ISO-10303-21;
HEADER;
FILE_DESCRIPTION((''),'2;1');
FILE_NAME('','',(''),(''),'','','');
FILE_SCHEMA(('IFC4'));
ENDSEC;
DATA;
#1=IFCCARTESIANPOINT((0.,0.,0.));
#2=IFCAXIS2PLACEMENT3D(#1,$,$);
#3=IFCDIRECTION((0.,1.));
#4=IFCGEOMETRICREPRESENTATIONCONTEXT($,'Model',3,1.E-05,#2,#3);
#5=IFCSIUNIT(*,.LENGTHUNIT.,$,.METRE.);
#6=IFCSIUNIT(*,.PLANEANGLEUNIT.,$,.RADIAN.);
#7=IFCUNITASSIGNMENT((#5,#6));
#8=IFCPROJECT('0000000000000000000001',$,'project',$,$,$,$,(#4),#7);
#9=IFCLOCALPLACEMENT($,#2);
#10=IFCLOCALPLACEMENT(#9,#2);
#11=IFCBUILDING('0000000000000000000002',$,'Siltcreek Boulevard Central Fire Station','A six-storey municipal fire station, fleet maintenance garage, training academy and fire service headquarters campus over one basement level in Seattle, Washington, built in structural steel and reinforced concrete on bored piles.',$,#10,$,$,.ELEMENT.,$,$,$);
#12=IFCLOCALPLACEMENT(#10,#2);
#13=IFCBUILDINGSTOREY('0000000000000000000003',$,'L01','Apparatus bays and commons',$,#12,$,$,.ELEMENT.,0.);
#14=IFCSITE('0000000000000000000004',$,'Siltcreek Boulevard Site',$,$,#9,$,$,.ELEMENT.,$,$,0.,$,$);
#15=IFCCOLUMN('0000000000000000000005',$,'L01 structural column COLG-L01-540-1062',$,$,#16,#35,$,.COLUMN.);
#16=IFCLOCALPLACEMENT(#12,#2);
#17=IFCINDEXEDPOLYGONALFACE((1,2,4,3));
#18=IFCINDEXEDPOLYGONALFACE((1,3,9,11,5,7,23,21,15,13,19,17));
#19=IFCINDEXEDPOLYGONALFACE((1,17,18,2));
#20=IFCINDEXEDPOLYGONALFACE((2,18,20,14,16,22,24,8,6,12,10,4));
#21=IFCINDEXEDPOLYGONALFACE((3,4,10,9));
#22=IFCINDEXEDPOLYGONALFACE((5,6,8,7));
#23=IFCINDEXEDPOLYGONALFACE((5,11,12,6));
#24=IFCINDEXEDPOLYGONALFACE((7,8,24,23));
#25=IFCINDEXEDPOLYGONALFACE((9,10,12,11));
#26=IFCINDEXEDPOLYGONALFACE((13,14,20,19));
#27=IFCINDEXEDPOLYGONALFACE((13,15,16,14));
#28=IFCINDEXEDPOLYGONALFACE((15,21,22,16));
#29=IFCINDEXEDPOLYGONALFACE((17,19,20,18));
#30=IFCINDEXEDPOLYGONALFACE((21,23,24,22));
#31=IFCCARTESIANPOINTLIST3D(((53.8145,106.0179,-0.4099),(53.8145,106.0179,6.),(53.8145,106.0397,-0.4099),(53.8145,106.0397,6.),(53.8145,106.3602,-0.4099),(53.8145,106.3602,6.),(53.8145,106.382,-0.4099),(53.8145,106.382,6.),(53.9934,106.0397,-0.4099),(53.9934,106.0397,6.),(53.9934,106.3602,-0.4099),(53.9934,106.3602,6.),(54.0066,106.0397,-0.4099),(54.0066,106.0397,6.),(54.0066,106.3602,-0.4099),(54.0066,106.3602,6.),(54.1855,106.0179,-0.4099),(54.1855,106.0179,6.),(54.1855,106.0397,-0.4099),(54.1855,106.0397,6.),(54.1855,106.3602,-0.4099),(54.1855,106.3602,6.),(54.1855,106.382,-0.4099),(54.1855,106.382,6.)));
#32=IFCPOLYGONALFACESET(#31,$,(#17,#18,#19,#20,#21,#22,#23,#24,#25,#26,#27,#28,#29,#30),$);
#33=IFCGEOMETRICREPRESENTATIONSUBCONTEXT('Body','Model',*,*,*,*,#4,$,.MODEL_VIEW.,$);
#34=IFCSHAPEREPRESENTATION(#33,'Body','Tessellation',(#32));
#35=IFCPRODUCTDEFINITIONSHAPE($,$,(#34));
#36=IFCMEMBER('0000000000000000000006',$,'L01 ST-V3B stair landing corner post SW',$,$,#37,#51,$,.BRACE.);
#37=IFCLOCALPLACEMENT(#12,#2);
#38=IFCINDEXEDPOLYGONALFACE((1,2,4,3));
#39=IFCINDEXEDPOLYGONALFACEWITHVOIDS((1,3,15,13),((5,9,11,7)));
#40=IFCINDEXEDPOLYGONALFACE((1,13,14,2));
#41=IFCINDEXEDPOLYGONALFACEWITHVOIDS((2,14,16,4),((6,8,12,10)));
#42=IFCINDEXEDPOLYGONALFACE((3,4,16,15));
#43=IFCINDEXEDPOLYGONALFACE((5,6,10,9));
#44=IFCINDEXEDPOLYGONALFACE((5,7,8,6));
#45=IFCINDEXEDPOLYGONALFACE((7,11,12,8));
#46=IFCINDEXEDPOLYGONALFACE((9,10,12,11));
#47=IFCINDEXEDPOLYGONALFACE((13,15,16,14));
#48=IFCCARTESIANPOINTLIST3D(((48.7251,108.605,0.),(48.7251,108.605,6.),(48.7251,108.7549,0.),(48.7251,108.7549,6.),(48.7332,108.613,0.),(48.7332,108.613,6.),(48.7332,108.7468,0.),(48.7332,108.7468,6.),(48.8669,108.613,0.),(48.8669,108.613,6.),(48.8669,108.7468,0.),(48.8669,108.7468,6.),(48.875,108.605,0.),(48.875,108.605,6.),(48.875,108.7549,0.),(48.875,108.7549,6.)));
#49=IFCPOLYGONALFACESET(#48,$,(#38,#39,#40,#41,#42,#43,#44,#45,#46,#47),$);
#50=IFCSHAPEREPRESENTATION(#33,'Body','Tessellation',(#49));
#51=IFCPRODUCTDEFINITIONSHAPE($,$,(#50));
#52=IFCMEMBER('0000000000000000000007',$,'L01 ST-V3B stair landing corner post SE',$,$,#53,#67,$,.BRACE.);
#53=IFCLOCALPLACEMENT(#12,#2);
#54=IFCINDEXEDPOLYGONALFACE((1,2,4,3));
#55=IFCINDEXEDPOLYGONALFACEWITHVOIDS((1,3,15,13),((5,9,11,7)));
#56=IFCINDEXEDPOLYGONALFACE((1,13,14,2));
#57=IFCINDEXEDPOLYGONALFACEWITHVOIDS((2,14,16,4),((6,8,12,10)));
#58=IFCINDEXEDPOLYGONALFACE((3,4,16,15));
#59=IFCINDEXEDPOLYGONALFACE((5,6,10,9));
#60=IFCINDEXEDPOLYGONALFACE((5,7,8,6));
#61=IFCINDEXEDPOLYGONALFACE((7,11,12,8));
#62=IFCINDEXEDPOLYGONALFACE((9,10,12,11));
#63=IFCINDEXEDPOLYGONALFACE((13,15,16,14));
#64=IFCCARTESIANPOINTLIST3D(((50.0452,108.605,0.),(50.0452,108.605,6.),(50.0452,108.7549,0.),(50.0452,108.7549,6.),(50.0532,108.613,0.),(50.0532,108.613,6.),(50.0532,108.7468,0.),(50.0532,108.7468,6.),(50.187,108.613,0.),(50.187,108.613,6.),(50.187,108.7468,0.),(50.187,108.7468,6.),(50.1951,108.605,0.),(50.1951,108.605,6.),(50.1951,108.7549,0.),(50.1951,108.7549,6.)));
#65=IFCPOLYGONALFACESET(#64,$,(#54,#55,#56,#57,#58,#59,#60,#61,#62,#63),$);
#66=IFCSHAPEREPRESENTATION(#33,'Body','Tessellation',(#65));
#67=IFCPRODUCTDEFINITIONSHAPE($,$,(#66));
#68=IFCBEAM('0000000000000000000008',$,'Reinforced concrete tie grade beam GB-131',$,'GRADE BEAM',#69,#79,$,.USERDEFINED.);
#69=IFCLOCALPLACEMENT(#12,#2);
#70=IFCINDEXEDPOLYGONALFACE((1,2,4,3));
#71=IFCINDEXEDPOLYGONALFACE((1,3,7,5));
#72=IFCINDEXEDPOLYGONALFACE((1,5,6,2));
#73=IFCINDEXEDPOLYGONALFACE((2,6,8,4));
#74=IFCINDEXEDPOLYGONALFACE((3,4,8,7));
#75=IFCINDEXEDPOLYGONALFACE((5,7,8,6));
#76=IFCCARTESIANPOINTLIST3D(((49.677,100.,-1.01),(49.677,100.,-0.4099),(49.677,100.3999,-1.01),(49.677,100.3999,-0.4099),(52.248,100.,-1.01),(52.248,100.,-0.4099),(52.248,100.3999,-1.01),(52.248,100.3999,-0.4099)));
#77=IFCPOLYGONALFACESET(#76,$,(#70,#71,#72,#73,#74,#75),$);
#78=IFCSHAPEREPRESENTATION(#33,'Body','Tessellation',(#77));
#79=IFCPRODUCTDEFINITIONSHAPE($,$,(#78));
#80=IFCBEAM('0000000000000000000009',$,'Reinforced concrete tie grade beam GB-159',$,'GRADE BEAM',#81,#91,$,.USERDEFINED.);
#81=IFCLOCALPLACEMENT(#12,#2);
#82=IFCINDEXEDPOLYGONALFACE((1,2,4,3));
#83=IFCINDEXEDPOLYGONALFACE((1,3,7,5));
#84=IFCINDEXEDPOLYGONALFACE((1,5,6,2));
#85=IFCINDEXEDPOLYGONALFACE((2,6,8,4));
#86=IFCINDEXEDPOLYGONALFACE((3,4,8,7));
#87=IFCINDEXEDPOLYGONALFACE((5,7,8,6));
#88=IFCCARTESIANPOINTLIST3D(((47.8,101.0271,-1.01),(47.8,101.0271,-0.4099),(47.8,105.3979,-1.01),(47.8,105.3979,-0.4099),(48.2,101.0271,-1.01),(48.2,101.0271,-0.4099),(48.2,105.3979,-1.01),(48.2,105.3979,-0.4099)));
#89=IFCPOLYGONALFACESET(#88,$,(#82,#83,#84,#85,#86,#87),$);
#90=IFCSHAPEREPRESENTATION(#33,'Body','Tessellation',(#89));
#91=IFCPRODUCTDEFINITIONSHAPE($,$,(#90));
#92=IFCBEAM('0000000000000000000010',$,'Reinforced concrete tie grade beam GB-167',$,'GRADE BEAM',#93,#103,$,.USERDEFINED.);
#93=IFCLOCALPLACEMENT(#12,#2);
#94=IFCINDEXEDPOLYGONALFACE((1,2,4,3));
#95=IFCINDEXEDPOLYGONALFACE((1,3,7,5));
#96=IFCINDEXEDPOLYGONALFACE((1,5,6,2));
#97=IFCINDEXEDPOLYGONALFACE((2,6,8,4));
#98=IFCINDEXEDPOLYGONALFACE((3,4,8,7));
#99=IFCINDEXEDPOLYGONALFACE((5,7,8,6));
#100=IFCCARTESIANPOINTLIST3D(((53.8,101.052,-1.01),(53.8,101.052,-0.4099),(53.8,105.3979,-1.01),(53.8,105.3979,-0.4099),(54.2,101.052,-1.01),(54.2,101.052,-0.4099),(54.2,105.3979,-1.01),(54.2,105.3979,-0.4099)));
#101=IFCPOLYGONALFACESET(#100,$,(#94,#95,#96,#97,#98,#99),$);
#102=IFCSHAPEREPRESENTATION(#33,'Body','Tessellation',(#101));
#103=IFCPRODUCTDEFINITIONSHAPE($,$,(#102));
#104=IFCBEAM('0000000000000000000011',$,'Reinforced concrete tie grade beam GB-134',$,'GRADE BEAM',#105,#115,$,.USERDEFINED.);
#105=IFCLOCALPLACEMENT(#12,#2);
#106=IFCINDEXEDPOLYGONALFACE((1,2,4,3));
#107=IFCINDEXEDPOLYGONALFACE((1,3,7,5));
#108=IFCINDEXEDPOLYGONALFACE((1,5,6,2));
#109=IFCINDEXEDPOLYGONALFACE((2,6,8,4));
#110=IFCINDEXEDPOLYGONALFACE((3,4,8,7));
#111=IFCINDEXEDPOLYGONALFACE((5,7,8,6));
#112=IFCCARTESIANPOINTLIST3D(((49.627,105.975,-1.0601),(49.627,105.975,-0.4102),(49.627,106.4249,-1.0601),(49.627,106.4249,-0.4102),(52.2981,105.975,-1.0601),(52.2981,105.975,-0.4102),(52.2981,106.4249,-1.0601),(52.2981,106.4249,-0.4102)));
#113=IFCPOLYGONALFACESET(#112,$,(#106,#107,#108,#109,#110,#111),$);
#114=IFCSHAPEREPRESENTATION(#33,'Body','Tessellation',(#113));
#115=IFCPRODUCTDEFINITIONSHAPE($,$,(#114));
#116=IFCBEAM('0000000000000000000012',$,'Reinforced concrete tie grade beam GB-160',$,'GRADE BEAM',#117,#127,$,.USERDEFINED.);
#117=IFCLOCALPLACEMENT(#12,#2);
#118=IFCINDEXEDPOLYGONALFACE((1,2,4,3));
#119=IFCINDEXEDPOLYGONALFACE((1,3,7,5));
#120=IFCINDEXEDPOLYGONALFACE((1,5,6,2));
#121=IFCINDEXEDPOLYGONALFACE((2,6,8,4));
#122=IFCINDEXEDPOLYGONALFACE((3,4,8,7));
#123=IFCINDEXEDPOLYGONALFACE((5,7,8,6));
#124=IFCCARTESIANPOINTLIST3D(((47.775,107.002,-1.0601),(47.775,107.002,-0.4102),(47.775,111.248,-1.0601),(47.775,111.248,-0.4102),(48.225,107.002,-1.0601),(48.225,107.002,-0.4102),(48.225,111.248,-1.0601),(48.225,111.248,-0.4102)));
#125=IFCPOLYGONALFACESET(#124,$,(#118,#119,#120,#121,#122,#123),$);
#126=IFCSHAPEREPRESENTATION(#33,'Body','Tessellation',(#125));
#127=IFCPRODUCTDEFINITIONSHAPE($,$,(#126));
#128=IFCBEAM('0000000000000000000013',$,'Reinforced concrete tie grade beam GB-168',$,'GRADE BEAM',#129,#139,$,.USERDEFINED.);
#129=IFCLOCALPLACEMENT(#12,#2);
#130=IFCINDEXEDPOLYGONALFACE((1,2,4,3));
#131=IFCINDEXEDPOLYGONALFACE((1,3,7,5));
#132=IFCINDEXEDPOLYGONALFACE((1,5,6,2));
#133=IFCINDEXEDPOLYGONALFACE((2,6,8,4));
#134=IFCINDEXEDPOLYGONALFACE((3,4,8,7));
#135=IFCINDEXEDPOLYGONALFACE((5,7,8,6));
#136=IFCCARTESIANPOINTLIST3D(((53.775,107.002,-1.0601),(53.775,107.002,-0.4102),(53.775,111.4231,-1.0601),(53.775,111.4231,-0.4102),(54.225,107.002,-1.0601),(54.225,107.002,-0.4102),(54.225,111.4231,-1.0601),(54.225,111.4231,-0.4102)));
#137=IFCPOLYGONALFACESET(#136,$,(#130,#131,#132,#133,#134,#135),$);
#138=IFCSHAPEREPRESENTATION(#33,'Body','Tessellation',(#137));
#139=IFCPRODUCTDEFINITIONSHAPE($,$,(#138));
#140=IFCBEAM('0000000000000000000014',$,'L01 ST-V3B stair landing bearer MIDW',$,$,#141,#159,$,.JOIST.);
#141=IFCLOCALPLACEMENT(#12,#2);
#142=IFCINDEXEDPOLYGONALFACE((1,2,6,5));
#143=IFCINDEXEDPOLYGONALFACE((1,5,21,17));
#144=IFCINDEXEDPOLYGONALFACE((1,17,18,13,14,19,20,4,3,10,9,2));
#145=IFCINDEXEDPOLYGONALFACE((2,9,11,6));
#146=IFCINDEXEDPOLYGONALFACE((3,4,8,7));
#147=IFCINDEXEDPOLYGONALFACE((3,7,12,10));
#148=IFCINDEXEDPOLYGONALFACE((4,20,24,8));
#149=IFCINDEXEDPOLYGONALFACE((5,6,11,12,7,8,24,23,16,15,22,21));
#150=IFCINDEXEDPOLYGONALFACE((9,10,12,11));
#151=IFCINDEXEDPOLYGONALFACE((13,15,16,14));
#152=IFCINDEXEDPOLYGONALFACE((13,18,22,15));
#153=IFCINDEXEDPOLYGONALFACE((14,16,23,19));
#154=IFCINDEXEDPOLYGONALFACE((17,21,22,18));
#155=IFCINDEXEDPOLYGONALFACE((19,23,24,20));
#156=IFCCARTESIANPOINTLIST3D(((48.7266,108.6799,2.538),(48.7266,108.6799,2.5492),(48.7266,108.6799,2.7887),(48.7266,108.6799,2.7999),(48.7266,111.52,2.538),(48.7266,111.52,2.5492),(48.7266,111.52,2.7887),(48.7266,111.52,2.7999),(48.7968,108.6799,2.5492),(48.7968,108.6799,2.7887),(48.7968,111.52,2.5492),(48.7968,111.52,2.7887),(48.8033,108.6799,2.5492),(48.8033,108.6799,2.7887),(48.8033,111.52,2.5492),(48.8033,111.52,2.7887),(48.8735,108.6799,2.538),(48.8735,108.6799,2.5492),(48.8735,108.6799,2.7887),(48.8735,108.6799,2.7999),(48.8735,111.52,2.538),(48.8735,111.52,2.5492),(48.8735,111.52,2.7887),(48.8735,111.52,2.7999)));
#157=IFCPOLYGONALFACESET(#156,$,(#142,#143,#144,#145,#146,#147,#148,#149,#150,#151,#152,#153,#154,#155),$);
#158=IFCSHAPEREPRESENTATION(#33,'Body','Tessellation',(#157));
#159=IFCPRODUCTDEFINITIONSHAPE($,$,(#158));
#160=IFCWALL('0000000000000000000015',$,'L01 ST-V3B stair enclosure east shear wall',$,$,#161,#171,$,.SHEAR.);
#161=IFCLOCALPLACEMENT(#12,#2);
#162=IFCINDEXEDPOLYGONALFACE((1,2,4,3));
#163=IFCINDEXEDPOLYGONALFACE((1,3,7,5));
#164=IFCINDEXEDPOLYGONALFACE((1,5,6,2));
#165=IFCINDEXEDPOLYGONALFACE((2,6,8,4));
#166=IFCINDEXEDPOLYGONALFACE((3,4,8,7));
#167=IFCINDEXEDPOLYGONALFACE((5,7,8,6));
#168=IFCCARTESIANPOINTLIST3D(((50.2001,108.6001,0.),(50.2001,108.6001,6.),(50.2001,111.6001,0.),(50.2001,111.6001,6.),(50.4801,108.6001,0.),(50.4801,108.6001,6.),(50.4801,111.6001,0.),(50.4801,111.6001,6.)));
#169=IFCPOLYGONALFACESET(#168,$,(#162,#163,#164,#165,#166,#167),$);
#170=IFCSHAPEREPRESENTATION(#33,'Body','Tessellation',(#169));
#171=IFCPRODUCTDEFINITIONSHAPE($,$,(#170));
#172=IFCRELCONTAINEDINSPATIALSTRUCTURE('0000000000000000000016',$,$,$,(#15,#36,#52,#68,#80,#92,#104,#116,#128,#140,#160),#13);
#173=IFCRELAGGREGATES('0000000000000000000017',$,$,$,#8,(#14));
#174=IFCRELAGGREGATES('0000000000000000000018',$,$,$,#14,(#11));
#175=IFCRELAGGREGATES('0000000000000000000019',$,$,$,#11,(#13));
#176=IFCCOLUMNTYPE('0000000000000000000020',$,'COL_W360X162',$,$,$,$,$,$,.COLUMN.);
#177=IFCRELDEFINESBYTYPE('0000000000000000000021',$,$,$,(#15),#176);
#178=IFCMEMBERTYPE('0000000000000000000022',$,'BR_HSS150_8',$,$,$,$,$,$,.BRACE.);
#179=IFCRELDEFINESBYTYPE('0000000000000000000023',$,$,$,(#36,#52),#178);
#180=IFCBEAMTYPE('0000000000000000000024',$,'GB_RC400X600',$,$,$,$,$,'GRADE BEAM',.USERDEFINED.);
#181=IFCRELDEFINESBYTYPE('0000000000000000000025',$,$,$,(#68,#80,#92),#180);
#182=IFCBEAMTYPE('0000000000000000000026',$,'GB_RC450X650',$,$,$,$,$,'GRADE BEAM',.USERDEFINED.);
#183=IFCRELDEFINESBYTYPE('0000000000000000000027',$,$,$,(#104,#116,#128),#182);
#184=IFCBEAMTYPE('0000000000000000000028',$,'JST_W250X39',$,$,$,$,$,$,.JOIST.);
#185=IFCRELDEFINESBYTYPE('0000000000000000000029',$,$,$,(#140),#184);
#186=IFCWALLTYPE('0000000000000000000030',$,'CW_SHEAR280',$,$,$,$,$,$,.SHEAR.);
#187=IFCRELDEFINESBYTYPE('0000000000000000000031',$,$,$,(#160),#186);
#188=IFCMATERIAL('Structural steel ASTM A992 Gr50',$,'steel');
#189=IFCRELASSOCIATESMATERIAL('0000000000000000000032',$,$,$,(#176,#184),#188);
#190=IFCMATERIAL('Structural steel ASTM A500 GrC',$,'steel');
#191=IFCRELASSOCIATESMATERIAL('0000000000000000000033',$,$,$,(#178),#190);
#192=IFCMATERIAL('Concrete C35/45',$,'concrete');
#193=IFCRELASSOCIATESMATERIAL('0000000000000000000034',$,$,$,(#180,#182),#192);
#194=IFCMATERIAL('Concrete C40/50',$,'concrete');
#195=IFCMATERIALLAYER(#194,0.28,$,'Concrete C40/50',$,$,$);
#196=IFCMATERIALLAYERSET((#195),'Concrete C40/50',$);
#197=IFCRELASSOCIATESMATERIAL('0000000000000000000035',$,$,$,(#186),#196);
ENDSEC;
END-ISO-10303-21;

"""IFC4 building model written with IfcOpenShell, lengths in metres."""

from ifc_helpers import new_model, si_unit, direction, frame, frame_2d, origin, origin_2d, place, context, subcontext, project, spatial, rectangle, hollow_rectangle, i_section, extrude, material, layer, layer_set, material_profile, profile_set, type_object, element, save


model = new_model("IFC4")

# Units and contexts
model_context = context("Model", 3, precision=1e-05, world=origin(), true_north=direction((0.0, 1.0)))
body_context = subcontext(model_context, "Body", "Model", "MODEL_VIEW")
ifc_project = project(units=[si_unit("LENGTHUNIT", "METRE"), si_unit("PLANEANGLEUNIT", "RADIAN")], contexts=[model_context])

# Site, building, storey
site_placement = place(None, origin())
site = spatial("IfcSite", under=ifc_project, at=site_placement, Name="Siltcreek Boulevard Site", CompositionType="ELEMENT", RefElevation=0.0)
building_placement = place(site_placement, origin())
building = spatial("IfcBuilding", under=site, at=building_placement, Name="Siltcreek Boulevard Central Fire Station", Description="A six-storey municipal fire station, fleet maintenance garage, training academy and fire service headquarters campus over one basement level in Seattle, Washington, built in structural steel and reinforced concrete on bored piles.", CompositionType="ELEMENT")
storey_placement = place(building_placement, origin())
storey = spatial("IfcBuildingStorey", under=building, at=storey_placement, Name="L01", Description="Apparatus bays and commons", CompositionType="ELEMENT", Elevation=0.0)

# Shared definitions
ifc_material_1 = material(Name="Concrete C35/45", Category="concrete")

# Column
ifc_material_2 = material(Name="Structural steel ASTM A992 Gr50", Category="steel")
ifc_material_profile_1 = material_profile(ifc_material_2, i_section(OverallWidth=0.3711, OverallDepth=0.364, WebThickness=0.0132, FlangeThickness=0.0217, at=origin_2d()), Name="W360X162")
ifc_profile_set_1 = profile_set([ifc_material_profile_1], Name="Structural steel ASTM A992 Gr50")
column_type = type_object("IfcColumnType", Name="COL_W360X162", PredefinedType="COLUMN", material=ifc_profile_set_1)
for number, where, z_axis, x_axis, name in (
    (1, (54.0, 106.2, -0.4099), (0.0, 0.0, 1.0), (1.0, 0.0, 0.0), "L01 structural column COLG-L01-540-1062"),
):
    element("IfcColumn", number, at=place(storey_placement, frame(where, z_axis=z_axis, x_axis=x_axis)), inside=storey, type_object=column_type, Name=name, PredefinedType="COLUMN", context=body_context, shape_type="SweptSolid", body=[
        extrude(i_section(OverallWidth=0.3711, OverallDepth=0.364, WebThickness=0.0132, FlangeThickness=0.0217, at=origin_2d()), origin(), (0.0, 0.0, 1.0), 6.4099),
    ])

# Members
ifc_material_3 = material(Name="Structural steel ASTM A500 GrC", Category="steel")
ifc_material_profile_2 = material_profile(ifc_material_3, hollow_rectangle(XDim=0.1499, YDim=0.1499, WallThickness=0.0081, at=origin_2d()), Name="HSS150X150X8.0")
ifc_profile_set_2 = profile_set([ifc_material_profile_2], Name="Structural steel ASTM A500 GrC")
member_type = type_object("IfcMemberType", Name="BR_HSS150_8", PredefinedType="BRACE", material=ifc_profile_set_2)
for number, where, z_axis, x_axis, name in (
    (2, (48.8, 108.6799, 0.0), (0.0, 0.0, 1.0), (1.0, 0.0, 0.0), "L01 ST-V3B stair landing corner post SW"),
    (3, (50.1201, 108.6799, 0.0), (0.0, 0.0, 1.0), (1.0, 0.0, 0.0), "L01 ST-V3B stair landing corner post SE"),
):
    element("IfcMember", number, at=place(storey_placement, frame(where, z_axis=z_axis, x_axis=x_axis)), inside=storey, type_object=member_type, Name=name, PredefinedType="BRACE", context=body_context, shape_type="SweptSolid", body=[
        extrude(hollow_rectangle(XDim=0.1499, YDim=0.1499, WallThickness=0.0081, at=origin_2d()), origin(), (0.0, 0.0, 1.0), 6.0),
    ])

# Beams
ifc_material_profile_3 = material_profile(ifc_material_1, rectangle(XDim=0.3999, YDim=0.6001, at=origin_2d()), Name="RC400X600")
ifc_profile_set_3 = profile_set([ifc_material_profile_3], Name="Concrete C35/45")
beam_type_1 = type_object("IfcBeamType", Name="GB_RC400X600", ElementType="GRADE BEAM", PredefinedType="USERDEFINED", material=ifc_profile_set_3)
beam_1_placement = place(storey_placement, frame((49.677, 100.2, -0.71), z_axis=(1.0, 0.0, 0.0), x_axis=(0.0, 1.0, 0.0)))
element("IfcBeam", 4, at=beam_1_placement, inside=storey, type_object=beam_type_1, Name="Reinforced concrete tie grade beam GB-131", ObjectType="GRADE BEAM", PredefinedType="USERDEFINED", context=body_context, shape_type="SweptSolid", body=[
    extrude(rectangle(XDim=0.3999, YDim=0.6001, at=origin_2d()), origin(), (0.0, 0.0, 1.0), 2.571),
])
beam_2_placement = place(storey_placement, frame((48.0, 101.0271, -0.71), z_axis=(0.0, 1.0, 0.0), x_axis=(-1.0, 0.0, 0.0)))
element("IfcBeam", 5, at=beam_2_placement, inside=storey, type_object=beam_type_1, Name="Reinforced concrete tie grade beam GB-159", ObjectType="GRADE BEAM", PredefinedType="USERDEFINED", context=body_context, shape_type="SweptSolid", body=[
    extrude(rectangle(XDim=0.3999, YDim=0.6001, at=origin_2d()), origin(), (0.0, 0.0, 1.0), 4.3708),
])
beam_3_placement = place(storey_placement, frame((54.0, 101.052, -0.71), z_axis=(0.0, 1.0, 0.0), x_axis=(-1.0, 0.0, 0.0)))
element("IfcBeam", 6, at=beam_3_placement, inside=storey, type_object=beam_type_1, Name="Reinforced concrete tie grade beam GB-167", ObjectType="GRADE BEAM", PredefinedType="USERDEFINED", context=body_context, shape_type="SweptSolid", body=[
    extrude(rectangle(XDim=0.3999, YDim=0.6001, at=origin_2d()), origin(), (0.0, 0.0, 1.0), 4.3459),
])
ifc_material_profile_4 = material_profile(ifc_material_1, rectangle(XDim=0.45, YDim=0.6499, at=origin_2d()), Name="RC450X650")
ifc_profile_set_4 = profile_set([ifc_material_profile_4], Name="Concrete C35/45")
beam_type_2 = type_object("IfcBeamType", Name="GB_RC450X650", ElementType="GRADE BEAM", PredefinedType="USERDEFINED", material=ifc_profile_set_4)
beam_4_placement = place(storey_placement, frame((49.627, 106.2, -0.7351), z_axis=(1.0, 0.0, 0.0), x_axis=(0.0, 1.0, 0.0)))
element("IfcBeam", 7, at=beam_4_placement, inside=storey, type_object=beam_type_2, Name="Reinforced concrete tie grade beam GB-134", ObjectType="GRADE BEAM", PredefinedType="USERDEFINED", context=body_context, shape_type="SweptSolid", body=[
    extrude(rectangle(XDim=0.45, YDim=0.6499, at=origin_2d()), origin(), (0.0, 0.0, 1.0), 2.6711),
])
beam_5_placement = place(storey_placement, frame((48.0, 107.002, -0.7351), z_axis=(0.0, 1.0, 0.0), x_axis=(-1.0, 0.0, 0.0)))
element("IfcBeam", 8, at=beam_5_placement, inside=storey, type_object=beam_type_2, Name="Reinforced concrete tie grade beam GB-160", ObjectType="GRADE BEAM", PredefinedType="USERDEFINED", context=body_context, shape_type="SweptSolid", body=[
    extrude(rectangle(XDim=0.45, YDim=0.6499, at=origin_2d()), origin(), (0.0, 0.0, 1.0), 4.2461),
])
beam_6_placement = place(storey_placement, frame((54.0, 107.002, -0.7351), z_axis=(0.0, 1.0, 0.0), x_axis=(-1.0, 0.0, 0.0)))
element("IfcBeam", 9, at=beam_6_placement, inside=storey, type_object=beam_type_2, Name="Reinforced concrete tie grade beam GB-168", ObjectType="GRADE BEAM", PredefinedType="USERDEFINED", context=body_context, shape_type="SweptSolid", body=[
    extrude(rectangle(XDim=0.45, YDim=0.6499, at=origin_2d()), origin(), (0.0, 0.0, 1.0), 4.4211),
])
ifc_material_profile_5 = material_profile(ifc_material_2, i_section(OverallWidth=0.147, OverallDepth=0.262, WebThickness=0.0066, FlangeThickness=0.0112, at=origin_2d()), Name="W250X39")
ifc_profile_set_5 = profile_set([ifc_material_profile_5], Name="Structural steel ASTM A992 Gr50")
beam_type_3 = type_object("IfcBeamType", Name="JST_W250X39", PredefinedType="JOIST", material=ifc_profile_set_5)
beam_7_placement = place(storey_placement, frame((48.8, 108.6799, 2.6689), z_axis=(0.0, 1.0, 0.0), x_axis=(-1.0, 0.0, 0.0)))
element("IfcBeam", 10, at=beam_7_placement, inside=storey, type_object=beam_type_3, Name="L01 ST-V3B stair landing bearer MIDW", PredefinedType="JOIST", context=body_context, shape_type="SweptSolid", body=[
    extrude(i_section(OverallWidth=0.147, OverallDepth=0.262, WebThickness=0.0066, FlangeThickness=0.0112, at=origin_2d()), origin(), (0.0, 0.0, 1.0), 2.8401),
])

# Wall
ifc_material_4 = material(Name="Concrete C40/50", Category="concrete")
ifc_layer_1 = layer(ifc_material_4, 0.28, Name="Concrete C40/50")
ifc_layer_set_1 = layer_set([ifc_layer_1], Name="Concrete C40/50")
wall_type_1 = type_object("IfcWallType", Name="CW_SHEAR280", PredefinedType="SHEAR", material=ifc_layer_set_1)
wall_1_placement = place(storey_placement, frame((50.3401, 108.6001, 0.0), z_axis=(0.0, 0.0, 1.0), x_axis=(0.0, 1.0, 0.0)))
element("IfcWall", 11, at=wall_1_placement, inside=storey, type_object=wall_type_1, Name="L01 ST-V3B stair enclosure east shear wall", PredefinedType="SHEAR", context=body_context, shape_type="SweptSolid", body=[
    extrude(rectangle(XDim=3.0, YDim=0.28, at=frame_2d((1.5, 0.0))), origin(), (0.0, 0.0, 1.0), 6.0),
])

save(model, "model.ifc")
